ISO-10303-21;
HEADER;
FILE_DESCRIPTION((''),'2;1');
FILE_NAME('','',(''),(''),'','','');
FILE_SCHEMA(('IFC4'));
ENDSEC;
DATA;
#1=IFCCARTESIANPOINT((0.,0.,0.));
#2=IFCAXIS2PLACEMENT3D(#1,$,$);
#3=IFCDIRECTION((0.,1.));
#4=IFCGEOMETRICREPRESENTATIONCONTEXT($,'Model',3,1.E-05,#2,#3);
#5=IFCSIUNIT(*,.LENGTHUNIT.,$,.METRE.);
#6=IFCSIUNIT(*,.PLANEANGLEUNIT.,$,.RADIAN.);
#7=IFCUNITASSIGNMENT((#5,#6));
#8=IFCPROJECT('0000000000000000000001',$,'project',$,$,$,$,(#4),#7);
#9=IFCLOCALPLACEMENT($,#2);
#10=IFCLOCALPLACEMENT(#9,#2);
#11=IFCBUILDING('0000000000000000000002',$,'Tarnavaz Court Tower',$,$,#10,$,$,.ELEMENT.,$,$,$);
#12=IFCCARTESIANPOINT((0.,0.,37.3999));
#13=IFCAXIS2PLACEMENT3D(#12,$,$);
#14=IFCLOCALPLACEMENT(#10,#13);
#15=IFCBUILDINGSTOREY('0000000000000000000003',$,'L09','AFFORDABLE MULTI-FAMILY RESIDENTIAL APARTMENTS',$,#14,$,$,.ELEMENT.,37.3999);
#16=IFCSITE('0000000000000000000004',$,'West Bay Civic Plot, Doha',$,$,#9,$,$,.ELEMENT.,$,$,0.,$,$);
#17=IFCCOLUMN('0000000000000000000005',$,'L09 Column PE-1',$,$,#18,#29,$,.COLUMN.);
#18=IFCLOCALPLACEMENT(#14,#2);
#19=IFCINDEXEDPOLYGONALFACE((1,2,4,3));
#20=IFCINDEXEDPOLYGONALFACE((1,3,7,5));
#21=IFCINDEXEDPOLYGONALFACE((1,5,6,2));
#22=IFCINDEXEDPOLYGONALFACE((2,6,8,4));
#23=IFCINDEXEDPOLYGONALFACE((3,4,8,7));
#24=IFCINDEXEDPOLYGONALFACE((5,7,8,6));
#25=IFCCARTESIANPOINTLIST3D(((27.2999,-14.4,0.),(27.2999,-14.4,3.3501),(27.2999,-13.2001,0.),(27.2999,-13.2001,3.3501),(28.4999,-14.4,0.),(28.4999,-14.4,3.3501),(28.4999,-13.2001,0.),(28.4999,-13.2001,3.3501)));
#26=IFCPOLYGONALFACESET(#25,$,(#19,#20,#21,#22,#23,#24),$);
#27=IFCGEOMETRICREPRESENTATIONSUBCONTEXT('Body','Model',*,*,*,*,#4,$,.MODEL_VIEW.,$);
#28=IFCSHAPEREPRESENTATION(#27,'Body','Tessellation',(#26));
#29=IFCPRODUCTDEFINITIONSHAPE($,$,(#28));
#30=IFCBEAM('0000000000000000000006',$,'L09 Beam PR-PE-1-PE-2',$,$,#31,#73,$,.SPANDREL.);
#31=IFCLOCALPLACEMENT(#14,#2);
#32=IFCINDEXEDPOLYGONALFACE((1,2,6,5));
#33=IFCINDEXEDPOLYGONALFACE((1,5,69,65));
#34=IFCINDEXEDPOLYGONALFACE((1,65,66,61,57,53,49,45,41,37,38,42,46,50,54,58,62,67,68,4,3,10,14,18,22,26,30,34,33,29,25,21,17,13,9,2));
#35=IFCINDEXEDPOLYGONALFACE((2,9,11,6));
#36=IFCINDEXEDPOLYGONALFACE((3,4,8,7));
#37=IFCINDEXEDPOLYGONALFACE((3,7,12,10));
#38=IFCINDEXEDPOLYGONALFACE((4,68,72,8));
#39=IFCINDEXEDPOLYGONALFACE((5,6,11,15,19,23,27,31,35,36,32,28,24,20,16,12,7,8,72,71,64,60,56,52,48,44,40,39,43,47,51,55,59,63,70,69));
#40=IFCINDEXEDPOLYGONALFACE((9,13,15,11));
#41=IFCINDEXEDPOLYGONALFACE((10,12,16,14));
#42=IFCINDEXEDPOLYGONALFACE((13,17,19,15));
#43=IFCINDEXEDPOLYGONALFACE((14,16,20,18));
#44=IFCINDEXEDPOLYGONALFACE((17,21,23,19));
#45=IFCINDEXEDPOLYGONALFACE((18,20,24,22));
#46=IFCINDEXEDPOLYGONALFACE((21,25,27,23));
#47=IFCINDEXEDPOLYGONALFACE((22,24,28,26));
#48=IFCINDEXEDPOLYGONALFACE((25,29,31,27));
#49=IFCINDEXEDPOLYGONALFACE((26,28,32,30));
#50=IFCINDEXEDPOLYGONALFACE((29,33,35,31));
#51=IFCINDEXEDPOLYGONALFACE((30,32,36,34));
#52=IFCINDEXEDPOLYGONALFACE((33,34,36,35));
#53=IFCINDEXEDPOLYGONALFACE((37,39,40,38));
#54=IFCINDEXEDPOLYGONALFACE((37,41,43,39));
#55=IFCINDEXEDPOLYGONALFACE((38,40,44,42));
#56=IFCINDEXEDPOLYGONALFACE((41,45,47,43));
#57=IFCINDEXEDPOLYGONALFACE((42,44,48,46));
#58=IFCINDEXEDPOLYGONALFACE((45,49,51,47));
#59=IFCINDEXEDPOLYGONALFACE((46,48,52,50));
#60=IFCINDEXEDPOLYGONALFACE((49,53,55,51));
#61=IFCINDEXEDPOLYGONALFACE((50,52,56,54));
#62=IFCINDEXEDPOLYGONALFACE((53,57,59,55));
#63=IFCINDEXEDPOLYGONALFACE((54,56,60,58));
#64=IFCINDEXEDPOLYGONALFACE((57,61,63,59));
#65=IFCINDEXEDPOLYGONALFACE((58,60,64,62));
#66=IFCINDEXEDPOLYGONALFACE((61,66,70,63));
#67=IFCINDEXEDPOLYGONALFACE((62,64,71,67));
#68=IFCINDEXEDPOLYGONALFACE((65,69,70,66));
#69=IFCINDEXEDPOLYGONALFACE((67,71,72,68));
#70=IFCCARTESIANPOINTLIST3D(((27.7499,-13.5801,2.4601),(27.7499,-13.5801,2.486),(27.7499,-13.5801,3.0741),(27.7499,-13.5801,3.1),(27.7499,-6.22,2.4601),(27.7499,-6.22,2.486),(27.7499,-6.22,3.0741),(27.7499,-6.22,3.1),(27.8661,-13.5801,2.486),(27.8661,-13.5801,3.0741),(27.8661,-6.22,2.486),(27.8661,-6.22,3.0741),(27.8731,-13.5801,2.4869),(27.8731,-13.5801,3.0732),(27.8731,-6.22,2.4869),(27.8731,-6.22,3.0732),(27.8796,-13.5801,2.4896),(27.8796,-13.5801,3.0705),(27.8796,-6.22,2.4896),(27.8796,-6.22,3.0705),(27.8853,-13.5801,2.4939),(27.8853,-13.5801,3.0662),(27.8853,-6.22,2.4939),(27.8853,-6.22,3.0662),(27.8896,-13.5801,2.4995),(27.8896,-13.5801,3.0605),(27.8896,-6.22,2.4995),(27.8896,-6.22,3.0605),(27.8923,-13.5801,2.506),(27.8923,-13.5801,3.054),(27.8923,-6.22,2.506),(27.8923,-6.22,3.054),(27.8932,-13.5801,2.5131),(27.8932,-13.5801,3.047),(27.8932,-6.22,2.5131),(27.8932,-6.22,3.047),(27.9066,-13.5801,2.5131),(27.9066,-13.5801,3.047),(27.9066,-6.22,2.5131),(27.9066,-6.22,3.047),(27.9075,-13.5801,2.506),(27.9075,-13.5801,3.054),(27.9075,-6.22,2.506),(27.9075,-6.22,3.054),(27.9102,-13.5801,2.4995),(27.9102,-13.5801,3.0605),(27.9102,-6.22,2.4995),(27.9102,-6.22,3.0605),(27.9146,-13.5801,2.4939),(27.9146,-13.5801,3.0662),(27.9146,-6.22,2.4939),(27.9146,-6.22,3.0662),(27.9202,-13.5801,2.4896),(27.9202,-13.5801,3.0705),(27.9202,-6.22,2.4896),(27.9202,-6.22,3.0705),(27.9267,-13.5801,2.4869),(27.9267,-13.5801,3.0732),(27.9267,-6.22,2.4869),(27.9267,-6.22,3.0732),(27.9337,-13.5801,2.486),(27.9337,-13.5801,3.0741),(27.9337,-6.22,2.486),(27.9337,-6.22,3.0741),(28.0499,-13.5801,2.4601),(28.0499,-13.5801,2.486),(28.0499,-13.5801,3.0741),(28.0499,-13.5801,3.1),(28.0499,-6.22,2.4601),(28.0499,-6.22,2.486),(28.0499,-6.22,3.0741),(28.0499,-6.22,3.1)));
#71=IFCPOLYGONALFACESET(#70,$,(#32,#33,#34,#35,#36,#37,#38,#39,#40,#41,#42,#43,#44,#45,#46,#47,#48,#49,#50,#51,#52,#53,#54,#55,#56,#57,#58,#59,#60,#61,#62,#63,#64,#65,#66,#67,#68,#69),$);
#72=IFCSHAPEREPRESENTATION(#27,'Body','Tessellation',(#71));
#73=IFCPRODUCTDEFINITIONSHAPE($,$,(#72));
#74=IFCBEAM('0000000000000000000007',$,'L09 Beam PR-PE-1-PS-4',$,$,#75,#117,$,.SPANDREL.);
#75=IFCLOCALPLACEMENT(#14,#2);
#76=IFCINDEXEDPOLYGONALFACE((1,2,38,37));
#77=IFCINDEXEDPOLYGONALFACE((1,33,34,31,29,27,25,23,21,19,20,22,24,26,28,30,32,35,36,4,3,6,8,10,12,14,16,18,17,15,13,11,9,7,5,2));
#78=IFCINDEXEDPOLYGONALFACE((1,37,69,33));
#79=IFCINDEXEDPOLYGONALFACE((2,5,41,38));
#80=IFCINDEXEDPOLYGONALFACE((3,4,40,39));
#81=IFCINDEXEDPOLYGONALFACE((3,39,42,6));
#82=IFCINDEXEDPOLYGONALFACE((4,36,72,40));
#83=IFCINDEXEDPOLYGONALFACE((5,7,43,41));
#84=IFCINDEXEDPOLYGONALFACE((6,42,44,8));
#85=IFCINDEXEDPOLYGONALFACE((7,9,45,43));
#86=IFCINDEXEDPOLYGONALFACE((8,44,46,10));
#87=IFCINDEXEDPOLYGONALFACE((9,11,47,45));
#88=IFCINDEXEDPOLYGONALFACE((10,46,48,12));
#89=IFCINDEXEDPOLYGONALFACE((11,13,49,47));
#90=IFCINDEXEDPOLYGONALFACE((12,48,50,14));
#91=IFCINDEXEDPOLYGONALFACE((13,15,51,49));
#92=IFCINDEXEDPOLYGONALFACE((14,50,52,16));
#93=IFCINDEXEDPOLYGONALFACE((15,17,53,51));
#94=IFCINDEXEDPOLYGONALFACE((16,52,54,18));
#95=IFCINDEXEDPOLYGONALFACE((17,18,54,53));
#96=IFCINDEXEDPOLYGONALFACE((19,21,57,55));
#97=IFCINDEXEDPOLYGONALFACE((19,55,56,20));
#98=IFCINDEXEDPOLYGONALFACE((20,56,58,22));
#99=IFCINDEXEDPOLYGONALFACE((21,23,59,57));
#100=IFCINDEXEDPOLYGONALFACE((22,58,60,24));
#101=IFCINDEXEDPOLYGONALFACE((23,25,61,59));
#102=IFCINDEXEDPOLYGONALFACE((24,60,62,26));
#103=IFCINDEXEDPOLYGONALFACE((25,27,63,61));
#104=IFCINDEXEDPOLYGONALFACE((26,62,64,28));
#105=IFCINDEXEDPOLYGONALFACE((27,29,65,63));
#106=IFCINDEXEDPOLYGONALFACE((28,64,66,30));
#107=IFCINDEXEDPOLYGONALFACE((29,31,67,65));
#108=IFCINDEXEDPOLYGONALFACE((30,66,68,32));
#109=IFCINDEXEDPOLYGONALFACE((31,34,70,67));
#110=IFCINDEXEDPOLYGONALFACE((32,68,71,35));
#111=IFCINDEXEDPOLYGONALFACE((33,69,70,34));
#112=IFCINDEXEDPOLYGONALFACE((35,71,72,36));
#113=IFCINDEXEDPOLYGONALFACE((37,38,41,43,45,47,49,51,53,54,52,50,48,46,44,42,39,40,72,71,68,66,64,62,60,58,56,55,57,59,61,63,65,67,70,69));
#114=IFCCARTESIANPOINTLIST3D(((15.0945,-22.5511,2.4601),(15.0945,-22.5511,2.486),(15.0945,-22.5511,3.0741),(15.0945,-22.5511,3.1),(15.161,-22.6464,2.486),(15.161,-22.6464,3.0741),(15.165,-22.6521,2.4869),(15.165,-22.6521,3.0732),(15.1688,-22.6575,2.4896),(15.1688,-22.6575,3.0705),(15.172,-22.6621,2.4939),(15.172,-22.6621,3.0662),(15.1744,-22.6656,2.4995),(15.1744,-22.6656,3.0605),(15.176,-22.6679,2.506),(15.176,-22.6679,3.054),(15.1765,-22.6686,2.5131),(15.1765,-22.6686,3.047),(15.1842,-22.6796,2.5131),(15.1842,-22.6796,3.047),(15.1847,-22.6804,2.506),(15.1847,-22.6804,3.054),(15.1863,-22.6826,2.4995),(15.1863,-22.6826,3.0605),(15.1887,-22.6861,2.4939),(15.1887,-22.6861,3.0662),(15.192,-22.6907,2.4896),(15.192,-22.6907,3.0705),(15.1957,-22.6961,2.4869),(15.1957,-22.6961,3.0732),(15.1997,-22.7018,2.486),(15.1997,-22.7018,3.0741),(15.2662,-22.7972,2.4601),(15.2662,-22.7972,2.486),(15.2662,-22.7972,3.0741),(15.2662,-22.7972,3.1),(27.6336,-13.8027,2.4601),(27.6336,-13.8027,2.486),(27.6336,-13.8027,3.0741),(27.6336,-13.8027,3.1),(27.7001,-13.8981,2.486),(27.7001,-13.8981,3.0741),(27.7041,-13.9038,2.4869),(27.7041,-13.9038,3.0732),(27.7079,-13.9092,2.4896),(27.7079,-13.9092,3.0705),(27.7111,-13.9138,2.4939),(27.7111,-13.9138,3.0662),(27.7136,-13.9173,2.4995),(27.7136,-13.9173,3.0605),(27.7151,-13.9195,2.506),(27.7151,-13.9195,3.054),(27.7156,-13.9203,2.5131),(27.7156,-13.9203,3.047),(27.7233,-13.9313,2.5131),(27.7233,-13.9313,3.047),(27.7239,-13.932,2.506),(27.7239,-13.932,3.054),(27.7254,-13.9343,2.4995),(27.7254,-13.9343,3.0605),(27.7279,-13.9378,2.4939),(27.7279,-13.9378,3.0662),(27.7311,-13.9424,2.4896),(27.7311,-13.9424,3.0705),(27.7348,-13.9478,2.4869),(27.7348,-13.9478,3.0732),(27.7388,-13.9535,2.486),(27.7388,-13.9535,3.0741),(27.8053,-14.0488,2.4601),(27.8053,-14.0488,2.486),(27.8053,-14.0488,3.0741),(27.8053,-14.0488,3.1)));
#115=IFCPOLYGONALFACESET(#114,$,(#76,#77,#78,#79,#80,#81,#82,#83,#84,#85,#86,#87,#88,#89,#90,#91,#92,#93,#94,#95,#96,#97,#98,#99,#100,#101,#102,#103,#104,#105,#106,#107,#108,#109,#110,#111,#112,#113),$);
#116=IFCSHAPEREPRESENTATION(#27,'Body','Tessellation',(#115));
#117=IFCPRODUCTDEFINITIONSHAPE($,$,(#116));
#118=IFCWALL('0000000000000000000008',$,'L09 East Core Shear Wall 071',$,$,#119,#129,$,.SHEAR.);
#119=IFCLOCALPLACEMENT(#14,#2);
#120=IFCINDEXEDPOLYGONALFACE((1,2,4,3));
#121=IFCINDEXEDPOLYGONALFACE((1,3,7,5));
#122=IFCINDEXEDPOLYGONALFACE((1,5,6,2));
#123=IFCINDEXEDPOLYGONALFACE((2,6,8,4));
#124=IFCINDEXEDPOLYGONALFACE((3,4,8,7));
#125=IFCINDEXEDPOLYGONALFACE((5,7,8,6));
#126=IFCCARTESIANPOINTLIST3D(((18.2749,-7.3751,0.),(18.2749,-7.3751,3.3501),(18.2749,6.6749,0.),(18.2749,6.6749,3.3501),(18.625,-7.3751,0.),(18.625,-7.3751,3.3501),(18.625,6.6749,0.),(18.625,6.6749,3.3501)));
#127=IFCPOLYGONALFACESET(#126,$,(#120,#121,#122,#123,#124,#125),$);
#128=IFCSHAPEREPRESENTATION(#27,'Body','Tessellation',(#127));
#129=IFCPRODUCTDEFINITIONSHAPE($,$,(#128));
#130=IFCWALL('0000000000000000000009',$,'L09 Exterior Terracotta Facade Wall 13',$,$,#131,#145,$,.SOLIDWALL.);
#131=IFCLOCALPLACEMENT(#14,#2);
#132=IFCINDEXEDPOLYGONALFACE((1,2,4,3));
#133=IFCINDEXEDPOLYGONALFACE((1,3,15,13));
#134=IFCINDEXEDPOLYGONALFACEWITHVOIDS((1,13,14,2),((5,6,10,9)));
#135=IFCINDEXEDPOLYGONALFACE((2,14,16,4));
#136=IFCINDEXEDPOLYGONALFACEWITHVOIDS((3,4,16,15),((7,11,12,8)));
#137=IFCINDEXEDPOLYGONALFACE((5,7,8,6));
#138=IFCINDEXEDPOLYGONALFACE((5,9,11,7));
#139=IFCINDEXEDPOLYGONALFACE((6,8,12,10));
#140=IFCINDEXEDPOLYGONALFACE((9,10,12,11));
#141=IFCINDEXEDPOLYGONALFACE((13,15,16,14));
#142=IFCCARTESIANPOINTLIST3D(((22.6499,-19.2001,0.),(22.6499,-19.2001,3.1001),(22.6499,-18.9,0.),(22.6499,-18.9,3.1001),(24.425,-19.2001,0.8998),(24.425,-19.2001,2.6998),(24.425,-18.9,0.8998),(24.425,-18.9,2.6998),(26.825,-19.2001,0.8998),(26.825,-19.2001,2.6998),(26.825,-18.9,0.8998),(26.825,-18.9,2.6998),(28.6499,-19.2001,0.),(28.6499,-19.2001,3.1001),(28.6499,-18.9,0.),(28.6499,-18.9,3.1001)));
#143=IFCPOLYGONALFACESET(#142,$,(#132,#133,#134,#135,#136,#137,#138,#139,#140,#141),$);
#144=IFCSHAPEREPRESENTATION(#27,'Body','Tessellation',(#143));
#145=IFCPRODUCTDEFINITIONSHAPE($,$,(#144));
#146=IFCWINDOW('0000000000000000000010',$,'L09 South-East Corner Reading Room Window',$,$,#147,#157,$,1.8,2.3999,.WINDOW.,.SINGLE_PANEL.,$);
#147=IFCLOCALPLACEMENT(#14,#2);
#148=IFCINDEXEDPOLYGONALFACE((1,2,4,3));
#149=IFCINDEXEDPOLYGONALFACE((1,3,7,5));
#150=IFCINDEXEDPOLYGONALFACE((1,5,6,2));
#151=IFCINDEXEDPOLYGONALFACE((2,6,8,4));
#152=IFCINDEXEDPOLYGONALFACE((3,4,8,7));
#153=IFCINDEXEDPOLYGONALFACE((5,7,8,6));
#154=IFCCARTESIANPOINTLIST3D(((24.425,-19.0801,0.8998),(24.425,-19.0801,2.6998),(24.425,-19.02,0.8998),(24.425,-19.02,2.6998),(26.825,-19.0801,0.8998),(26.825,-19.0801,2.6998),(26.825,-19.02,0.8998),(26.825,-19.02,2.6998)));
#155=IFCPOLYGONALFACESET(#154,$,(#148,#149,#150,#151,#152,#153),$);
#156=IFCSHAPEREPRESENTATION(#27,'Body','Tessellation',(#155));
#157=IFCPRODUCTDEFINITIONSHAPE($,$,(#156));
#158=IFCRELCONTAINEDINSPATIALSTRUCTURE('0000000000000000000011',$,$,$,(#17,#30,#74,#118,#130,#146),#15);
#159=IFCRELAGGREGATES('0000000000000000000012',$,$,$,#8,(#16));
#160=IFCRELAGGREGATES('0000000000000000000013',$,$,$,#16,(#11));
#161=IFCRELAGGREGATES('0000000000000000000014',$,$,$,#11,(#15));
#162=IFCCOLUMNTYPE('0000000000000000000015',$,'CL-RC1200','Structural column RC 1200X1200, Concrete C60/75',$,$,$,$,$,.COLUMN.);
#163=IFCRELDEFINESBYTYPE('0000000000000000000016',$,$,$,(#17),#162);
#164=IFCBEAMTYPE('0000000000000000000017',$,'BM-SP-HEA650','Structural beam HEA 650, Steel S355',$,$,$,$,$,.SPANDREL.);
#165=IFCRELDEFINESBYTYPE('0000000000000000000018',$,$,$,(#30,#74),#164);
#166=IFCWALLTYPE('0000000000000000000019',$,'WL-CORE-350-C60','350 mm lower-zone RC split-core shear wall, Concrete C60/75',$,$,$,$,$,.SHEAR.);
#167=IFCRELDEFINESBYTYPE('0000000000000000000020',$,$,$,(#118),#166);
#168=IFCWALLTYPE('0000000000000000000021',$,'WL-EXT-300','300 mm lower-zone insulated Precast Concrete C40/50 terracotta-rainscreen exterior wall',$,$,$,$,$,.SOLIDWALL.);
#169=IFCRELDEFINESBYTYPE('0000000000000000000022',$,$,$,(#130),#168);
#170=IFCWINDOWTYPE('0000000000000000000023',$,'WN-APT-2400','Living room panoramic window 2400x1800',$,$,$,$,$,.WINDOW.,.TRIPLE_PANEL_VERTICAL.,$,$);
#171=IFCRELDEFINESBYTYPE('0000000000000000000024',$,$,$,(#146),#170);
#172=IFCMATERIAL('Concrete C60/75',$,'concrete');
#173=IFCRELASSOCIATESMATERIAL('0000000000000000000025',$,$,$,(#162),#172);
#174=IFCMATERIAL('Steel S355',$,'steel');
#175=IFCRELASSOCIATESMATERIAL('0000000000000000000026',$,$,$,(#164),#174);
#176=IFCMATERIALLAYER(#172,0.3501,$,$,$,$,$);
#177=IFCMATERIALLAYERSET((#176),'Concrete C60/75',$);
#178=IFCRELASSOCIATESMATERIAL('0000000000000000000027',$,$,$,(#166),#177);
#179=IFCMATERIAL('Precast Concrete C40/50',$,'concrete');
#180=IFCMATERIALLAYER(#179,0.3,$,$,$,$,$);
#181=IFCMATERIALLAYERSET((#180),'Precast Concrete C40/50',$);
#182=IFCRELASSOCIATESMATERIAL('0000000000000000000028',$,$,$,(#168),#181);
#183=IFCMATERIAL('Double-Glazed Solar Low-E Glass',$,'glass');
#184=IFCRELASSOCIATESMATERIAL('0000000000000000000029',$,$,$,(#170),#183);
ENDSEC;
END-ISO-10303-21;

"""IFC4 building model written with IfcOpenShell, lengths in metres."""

from ifc_helpers import new_model, si_unit, direction, frame, frame_2d, origin, origin_2d, place, context, subcontext, project, spatial, rectangle, i_section, extrude, material, layer, layer_set, material_profile, profile_set, type_object, element, fill, save


model = new_model("IFC4")

# Units and contexts
model_context = context("Model", 3, precision=1e-05, world=origin(), true_north=direction((0.0, 1.0)))
body_context = subcontext(model_context, "Body", "Model", "MODEL_VIEW")
ifc_project = project(units=[si_unit("LENGTHUNIT", "METRE"), si_unit("PLANEANGLEUNIT", "RADIAN")], contexts=[model_context])

# Site, building, storey
site_placement = place(None, origin())
site = spatial("IfcSite", under=ifc_project, at=site_placement, Name="West Bay Civic Plot, Doha", CompositionType="ELEMENT", RefElevation=0.0)
building_placement = place(site_placement, origin())
building = spatial("IfcBuilding", under=site, at=building_placement, Name="Tarnavaz Court Tower", CompositionType="ELEMENT")
storey_placement = place(building_placement, frame((0.0, 0.0, 37.3999)))
storey = spatial("IfcBuildingStorey", under=building, at=storey_placement, Name="L09", Description="AFFORDABLE MULTI-FAMILY RESIDENTIAL APARTMENTS", CompositionType="ELEMENT", Elevation=37.3999)

# Column
ifc_material_1 = material(Name="Concrete C60/75", Category="concrete")
ifc_material_profile_1 = material_profile(ifc_material_1, rectangle(XDim=1.2, YDim=1.2, at=origin_2d()), Name="RC 1200X1200")
ifc_profile_set_1 = profile_set([ifc_material_profile_1], Name="Concrete C60/75")
column_type = type_object("IfcColumnType", Name="CL-RC1200", Description="Structural column RC 1200X1200, Concrete C60/75", PredefinedType="COLUMN", material=ifc_profile_set_1)
column_placement = place(storey_placement, frame((27.8999, -13.8, 0.0), z_axis=(0.0, 0.0, 1.0), x_axis=(1.0, 0.0, 0.0)))
element("IfcColumn", 1, at=column_placement, inside=storey, type_object=column_type, Name="L09 Column PE-1", PredefinedType="COLUMN", context=body_context, shape_type="SweptSolid", body=[
    extrude(rectangle(XDim=1.2, YDim=1.2, at=origin_2d()), origin(), (0.0, 0.0, 1.0), 3.3501),
])

# Beams
ifc_material_2 = material(Name="Steel S355", Category="steel")
ifc_material_profile_2 = material_profile(ifc_material_2, i_section(OverallWidth=0.3, OverallDepth=0.6399, WebThickness=0.0134, FlangeThickness=0.0259, FilletRadius=0.0271, at=origin_2d()), Name="HEA 650")
ifc_profile_set_2 = profile_set([ifc_material_profile_2], Name="Steel S355")
beam_type = type_object("IfcBeamType", Name="BM-SP-HEA650", Description="Structural beam HEA 650, Steel S355", PredefinedType="SPANDREL", material=ifc_profile_set_2)
beam_1_placement = place(storey_placement, frame((27.8999, -13.5801, 2.78), z_axis=(0.0, 1.0, 0.0), x_axis=(-1.0, 0.0, 0.0)))
element("IfcBeam", 2, at=beam_1_placement, inside=storey, type_object=beam_type, Name="L09 Beam PR-PE-1-PE-2", PredefinedType="SPANDREL", context=body_context, shape_type="SweptSolid", body=[
    extrude(i_section(OverallWidth=0.3, OverallDepth=0.6399, WebThickness=0.0134, FlangeThickness=0.0259, FilletRadius=0.0271, at=origin_2d()), origin(), (0.0, 0.0, 1.0), 7.3601),
])
beam_2_placement = place(storey_placement, frame((27.7195, -13.9258, 2.78), z_axis=(-0.820124, -0.572186, 0.0), x_axis=(0.572186, -0.820124, 0.0)))
element("IfcBeam", 3, at=beam_2_placement, inside=storey, type_object=beam_type, Name="L09 Beam PR-PE-1-PS-4", PredefinedType="SPANDREL", context=body_context, shape_type="SweptSolid", body=[
    extrude(i_section(OverallWidth=0.3, OverallDepth=0.6399, WebThickness=0.0134, FlangeThickness=0.0259, FilletRadius=0.0271, at=origin_2d()), origin(), (0.0, 0.0, 1.0), 15.2893),
])

# Wall
ifc_layer_1 = layer(ifc_material_1, 0.3501)
ifc_layer_set_1 = layer_set([ifc_layer_1], Name="Concrete C60/75")
wall_type_1 = type_object("IfcWallType", Name="WL-CORE-350-C60", Description="350 mm lower-zone RC split-core shear wall, Concrete C60/75", PredefinedType="SHEAR", material=ifc_layer_set_1)
wall_1_placement = place(storey_placement, frame((18.45, -7.375, 0.0), z_axis=(0.0, 0.0, 1.0), x_axis=(0.0, 1.0, 0.0)))
element("IfcWall", 4, at=wall_1_placement, inside=storey, type_object=wall_type_1, Name="L09 East Core Shear Wall 071", PredefinedType="SHEAR", context=body_context, shape_type="SweptSolid", body=[
    extrude(rectangle(XDim=14.05, YDim=0.3501, at=frame_2d((7.0249, 0.0))), origin(), (0.0, 0.0, 1.0), 3.3501),
])

# Wall, opening, window
ifc_material_3 = material(Name="Precast Concrete C40/50", Category="concrete")
ifc_layer_2 = layer(ifc_material_3, 0.3)
ifc_layer_set_2 = layer_set([ifc_layer_2], Name="Precast Concrete C40/50")
wall_type_2 = type_object("IfcWallType", Name="WL-EXT-300", Description="300 mm lower-zone insulated Precast Concrete C40/50 terracotta-rainscreen exterior wall", PredefinedType="SOLIDWALL", material=ifc_layer_set_2)
wall_2_placement = place(storey_placement, frame((28.6499, -19.05, 0.0), z_axis=(0.0, 0.0, 1.0), x_axis=(-1.0, 0.0, 0.0)))
wall_2 = element("IfcWall", 5, at=wall_2_placement, inside=storey, type_object=wall_type_2, Name="L09 Exterior Terracotta Facade Wall 13", PredefinedType="SOLIDWALL", context=body_context, shape_type="SweptSolid", body=[
    extrude(rectangle(XDim=6.0, YDim=0.3, at=frame_2d((3.0, 0.0))), origin(), (0.0, 0.0, 1.0), 3.1001),
])
opening_1_placement = place(wall_2_placement, frame((1.825, 0.0, 0.8999)))
opening_1 = element("IfcOpeningElement", 6, at=opening_1_placement, cuts=wall_2, PredefinedType="OPENING", context=body_context, shape_type="SweptSolid", body=[
    extrude(rectangle(XDim=2.3999, YDim=1.8, at=frame_2d((1.2, 0.8999))), frame((0.0, 0.1599, 0.0), z_axis=(0.0, -1.0, 0.0), x_axis=(1.0, 0.0, 0.0)), (0.0, 0.0, 1.0), 0.3201),
])
ifc_material_4 = material(Name="Double-Glazed Solar Low-E Glass", Category="glass")
window_type_1 = type_object("IfcWindowType", Name="WN-APT-2400", Description="Living room panoramic window 2400x1800", PartitioningType="TRIPLE_PANEL_VERTICAL", PredefinedType="WINDOW", material=ifc_material_4)
window_1_placement = place(opening_1_placement, origin())
window_1 = element("IfcWindow", 7, at=window_1_placement, inside=storey, type_object=window_type_1, Name="L09 South-East Corner Reading Room Window", OverallHeight=1.8, OverallWidth=2.3999, PartitioningType="SINGLE_PANEL", PredefinedType="WINDOW", context=body_context, shape_type="SweptSolid", body=[
    extrude(rectangle(XDim=2.3999, YDim=1.8, at=frame_2d((1.2, 0.8999))), frame((0.0, 0.03, 0.0), z_axis=(0.0, -1.0, 0.0), x_axis=(1.0, 0.0, 0.0)), (0.0, 0.0, 1.0), 0.0601),
])
fill(opening_1, window_1)

save(model, "model.ifc")
